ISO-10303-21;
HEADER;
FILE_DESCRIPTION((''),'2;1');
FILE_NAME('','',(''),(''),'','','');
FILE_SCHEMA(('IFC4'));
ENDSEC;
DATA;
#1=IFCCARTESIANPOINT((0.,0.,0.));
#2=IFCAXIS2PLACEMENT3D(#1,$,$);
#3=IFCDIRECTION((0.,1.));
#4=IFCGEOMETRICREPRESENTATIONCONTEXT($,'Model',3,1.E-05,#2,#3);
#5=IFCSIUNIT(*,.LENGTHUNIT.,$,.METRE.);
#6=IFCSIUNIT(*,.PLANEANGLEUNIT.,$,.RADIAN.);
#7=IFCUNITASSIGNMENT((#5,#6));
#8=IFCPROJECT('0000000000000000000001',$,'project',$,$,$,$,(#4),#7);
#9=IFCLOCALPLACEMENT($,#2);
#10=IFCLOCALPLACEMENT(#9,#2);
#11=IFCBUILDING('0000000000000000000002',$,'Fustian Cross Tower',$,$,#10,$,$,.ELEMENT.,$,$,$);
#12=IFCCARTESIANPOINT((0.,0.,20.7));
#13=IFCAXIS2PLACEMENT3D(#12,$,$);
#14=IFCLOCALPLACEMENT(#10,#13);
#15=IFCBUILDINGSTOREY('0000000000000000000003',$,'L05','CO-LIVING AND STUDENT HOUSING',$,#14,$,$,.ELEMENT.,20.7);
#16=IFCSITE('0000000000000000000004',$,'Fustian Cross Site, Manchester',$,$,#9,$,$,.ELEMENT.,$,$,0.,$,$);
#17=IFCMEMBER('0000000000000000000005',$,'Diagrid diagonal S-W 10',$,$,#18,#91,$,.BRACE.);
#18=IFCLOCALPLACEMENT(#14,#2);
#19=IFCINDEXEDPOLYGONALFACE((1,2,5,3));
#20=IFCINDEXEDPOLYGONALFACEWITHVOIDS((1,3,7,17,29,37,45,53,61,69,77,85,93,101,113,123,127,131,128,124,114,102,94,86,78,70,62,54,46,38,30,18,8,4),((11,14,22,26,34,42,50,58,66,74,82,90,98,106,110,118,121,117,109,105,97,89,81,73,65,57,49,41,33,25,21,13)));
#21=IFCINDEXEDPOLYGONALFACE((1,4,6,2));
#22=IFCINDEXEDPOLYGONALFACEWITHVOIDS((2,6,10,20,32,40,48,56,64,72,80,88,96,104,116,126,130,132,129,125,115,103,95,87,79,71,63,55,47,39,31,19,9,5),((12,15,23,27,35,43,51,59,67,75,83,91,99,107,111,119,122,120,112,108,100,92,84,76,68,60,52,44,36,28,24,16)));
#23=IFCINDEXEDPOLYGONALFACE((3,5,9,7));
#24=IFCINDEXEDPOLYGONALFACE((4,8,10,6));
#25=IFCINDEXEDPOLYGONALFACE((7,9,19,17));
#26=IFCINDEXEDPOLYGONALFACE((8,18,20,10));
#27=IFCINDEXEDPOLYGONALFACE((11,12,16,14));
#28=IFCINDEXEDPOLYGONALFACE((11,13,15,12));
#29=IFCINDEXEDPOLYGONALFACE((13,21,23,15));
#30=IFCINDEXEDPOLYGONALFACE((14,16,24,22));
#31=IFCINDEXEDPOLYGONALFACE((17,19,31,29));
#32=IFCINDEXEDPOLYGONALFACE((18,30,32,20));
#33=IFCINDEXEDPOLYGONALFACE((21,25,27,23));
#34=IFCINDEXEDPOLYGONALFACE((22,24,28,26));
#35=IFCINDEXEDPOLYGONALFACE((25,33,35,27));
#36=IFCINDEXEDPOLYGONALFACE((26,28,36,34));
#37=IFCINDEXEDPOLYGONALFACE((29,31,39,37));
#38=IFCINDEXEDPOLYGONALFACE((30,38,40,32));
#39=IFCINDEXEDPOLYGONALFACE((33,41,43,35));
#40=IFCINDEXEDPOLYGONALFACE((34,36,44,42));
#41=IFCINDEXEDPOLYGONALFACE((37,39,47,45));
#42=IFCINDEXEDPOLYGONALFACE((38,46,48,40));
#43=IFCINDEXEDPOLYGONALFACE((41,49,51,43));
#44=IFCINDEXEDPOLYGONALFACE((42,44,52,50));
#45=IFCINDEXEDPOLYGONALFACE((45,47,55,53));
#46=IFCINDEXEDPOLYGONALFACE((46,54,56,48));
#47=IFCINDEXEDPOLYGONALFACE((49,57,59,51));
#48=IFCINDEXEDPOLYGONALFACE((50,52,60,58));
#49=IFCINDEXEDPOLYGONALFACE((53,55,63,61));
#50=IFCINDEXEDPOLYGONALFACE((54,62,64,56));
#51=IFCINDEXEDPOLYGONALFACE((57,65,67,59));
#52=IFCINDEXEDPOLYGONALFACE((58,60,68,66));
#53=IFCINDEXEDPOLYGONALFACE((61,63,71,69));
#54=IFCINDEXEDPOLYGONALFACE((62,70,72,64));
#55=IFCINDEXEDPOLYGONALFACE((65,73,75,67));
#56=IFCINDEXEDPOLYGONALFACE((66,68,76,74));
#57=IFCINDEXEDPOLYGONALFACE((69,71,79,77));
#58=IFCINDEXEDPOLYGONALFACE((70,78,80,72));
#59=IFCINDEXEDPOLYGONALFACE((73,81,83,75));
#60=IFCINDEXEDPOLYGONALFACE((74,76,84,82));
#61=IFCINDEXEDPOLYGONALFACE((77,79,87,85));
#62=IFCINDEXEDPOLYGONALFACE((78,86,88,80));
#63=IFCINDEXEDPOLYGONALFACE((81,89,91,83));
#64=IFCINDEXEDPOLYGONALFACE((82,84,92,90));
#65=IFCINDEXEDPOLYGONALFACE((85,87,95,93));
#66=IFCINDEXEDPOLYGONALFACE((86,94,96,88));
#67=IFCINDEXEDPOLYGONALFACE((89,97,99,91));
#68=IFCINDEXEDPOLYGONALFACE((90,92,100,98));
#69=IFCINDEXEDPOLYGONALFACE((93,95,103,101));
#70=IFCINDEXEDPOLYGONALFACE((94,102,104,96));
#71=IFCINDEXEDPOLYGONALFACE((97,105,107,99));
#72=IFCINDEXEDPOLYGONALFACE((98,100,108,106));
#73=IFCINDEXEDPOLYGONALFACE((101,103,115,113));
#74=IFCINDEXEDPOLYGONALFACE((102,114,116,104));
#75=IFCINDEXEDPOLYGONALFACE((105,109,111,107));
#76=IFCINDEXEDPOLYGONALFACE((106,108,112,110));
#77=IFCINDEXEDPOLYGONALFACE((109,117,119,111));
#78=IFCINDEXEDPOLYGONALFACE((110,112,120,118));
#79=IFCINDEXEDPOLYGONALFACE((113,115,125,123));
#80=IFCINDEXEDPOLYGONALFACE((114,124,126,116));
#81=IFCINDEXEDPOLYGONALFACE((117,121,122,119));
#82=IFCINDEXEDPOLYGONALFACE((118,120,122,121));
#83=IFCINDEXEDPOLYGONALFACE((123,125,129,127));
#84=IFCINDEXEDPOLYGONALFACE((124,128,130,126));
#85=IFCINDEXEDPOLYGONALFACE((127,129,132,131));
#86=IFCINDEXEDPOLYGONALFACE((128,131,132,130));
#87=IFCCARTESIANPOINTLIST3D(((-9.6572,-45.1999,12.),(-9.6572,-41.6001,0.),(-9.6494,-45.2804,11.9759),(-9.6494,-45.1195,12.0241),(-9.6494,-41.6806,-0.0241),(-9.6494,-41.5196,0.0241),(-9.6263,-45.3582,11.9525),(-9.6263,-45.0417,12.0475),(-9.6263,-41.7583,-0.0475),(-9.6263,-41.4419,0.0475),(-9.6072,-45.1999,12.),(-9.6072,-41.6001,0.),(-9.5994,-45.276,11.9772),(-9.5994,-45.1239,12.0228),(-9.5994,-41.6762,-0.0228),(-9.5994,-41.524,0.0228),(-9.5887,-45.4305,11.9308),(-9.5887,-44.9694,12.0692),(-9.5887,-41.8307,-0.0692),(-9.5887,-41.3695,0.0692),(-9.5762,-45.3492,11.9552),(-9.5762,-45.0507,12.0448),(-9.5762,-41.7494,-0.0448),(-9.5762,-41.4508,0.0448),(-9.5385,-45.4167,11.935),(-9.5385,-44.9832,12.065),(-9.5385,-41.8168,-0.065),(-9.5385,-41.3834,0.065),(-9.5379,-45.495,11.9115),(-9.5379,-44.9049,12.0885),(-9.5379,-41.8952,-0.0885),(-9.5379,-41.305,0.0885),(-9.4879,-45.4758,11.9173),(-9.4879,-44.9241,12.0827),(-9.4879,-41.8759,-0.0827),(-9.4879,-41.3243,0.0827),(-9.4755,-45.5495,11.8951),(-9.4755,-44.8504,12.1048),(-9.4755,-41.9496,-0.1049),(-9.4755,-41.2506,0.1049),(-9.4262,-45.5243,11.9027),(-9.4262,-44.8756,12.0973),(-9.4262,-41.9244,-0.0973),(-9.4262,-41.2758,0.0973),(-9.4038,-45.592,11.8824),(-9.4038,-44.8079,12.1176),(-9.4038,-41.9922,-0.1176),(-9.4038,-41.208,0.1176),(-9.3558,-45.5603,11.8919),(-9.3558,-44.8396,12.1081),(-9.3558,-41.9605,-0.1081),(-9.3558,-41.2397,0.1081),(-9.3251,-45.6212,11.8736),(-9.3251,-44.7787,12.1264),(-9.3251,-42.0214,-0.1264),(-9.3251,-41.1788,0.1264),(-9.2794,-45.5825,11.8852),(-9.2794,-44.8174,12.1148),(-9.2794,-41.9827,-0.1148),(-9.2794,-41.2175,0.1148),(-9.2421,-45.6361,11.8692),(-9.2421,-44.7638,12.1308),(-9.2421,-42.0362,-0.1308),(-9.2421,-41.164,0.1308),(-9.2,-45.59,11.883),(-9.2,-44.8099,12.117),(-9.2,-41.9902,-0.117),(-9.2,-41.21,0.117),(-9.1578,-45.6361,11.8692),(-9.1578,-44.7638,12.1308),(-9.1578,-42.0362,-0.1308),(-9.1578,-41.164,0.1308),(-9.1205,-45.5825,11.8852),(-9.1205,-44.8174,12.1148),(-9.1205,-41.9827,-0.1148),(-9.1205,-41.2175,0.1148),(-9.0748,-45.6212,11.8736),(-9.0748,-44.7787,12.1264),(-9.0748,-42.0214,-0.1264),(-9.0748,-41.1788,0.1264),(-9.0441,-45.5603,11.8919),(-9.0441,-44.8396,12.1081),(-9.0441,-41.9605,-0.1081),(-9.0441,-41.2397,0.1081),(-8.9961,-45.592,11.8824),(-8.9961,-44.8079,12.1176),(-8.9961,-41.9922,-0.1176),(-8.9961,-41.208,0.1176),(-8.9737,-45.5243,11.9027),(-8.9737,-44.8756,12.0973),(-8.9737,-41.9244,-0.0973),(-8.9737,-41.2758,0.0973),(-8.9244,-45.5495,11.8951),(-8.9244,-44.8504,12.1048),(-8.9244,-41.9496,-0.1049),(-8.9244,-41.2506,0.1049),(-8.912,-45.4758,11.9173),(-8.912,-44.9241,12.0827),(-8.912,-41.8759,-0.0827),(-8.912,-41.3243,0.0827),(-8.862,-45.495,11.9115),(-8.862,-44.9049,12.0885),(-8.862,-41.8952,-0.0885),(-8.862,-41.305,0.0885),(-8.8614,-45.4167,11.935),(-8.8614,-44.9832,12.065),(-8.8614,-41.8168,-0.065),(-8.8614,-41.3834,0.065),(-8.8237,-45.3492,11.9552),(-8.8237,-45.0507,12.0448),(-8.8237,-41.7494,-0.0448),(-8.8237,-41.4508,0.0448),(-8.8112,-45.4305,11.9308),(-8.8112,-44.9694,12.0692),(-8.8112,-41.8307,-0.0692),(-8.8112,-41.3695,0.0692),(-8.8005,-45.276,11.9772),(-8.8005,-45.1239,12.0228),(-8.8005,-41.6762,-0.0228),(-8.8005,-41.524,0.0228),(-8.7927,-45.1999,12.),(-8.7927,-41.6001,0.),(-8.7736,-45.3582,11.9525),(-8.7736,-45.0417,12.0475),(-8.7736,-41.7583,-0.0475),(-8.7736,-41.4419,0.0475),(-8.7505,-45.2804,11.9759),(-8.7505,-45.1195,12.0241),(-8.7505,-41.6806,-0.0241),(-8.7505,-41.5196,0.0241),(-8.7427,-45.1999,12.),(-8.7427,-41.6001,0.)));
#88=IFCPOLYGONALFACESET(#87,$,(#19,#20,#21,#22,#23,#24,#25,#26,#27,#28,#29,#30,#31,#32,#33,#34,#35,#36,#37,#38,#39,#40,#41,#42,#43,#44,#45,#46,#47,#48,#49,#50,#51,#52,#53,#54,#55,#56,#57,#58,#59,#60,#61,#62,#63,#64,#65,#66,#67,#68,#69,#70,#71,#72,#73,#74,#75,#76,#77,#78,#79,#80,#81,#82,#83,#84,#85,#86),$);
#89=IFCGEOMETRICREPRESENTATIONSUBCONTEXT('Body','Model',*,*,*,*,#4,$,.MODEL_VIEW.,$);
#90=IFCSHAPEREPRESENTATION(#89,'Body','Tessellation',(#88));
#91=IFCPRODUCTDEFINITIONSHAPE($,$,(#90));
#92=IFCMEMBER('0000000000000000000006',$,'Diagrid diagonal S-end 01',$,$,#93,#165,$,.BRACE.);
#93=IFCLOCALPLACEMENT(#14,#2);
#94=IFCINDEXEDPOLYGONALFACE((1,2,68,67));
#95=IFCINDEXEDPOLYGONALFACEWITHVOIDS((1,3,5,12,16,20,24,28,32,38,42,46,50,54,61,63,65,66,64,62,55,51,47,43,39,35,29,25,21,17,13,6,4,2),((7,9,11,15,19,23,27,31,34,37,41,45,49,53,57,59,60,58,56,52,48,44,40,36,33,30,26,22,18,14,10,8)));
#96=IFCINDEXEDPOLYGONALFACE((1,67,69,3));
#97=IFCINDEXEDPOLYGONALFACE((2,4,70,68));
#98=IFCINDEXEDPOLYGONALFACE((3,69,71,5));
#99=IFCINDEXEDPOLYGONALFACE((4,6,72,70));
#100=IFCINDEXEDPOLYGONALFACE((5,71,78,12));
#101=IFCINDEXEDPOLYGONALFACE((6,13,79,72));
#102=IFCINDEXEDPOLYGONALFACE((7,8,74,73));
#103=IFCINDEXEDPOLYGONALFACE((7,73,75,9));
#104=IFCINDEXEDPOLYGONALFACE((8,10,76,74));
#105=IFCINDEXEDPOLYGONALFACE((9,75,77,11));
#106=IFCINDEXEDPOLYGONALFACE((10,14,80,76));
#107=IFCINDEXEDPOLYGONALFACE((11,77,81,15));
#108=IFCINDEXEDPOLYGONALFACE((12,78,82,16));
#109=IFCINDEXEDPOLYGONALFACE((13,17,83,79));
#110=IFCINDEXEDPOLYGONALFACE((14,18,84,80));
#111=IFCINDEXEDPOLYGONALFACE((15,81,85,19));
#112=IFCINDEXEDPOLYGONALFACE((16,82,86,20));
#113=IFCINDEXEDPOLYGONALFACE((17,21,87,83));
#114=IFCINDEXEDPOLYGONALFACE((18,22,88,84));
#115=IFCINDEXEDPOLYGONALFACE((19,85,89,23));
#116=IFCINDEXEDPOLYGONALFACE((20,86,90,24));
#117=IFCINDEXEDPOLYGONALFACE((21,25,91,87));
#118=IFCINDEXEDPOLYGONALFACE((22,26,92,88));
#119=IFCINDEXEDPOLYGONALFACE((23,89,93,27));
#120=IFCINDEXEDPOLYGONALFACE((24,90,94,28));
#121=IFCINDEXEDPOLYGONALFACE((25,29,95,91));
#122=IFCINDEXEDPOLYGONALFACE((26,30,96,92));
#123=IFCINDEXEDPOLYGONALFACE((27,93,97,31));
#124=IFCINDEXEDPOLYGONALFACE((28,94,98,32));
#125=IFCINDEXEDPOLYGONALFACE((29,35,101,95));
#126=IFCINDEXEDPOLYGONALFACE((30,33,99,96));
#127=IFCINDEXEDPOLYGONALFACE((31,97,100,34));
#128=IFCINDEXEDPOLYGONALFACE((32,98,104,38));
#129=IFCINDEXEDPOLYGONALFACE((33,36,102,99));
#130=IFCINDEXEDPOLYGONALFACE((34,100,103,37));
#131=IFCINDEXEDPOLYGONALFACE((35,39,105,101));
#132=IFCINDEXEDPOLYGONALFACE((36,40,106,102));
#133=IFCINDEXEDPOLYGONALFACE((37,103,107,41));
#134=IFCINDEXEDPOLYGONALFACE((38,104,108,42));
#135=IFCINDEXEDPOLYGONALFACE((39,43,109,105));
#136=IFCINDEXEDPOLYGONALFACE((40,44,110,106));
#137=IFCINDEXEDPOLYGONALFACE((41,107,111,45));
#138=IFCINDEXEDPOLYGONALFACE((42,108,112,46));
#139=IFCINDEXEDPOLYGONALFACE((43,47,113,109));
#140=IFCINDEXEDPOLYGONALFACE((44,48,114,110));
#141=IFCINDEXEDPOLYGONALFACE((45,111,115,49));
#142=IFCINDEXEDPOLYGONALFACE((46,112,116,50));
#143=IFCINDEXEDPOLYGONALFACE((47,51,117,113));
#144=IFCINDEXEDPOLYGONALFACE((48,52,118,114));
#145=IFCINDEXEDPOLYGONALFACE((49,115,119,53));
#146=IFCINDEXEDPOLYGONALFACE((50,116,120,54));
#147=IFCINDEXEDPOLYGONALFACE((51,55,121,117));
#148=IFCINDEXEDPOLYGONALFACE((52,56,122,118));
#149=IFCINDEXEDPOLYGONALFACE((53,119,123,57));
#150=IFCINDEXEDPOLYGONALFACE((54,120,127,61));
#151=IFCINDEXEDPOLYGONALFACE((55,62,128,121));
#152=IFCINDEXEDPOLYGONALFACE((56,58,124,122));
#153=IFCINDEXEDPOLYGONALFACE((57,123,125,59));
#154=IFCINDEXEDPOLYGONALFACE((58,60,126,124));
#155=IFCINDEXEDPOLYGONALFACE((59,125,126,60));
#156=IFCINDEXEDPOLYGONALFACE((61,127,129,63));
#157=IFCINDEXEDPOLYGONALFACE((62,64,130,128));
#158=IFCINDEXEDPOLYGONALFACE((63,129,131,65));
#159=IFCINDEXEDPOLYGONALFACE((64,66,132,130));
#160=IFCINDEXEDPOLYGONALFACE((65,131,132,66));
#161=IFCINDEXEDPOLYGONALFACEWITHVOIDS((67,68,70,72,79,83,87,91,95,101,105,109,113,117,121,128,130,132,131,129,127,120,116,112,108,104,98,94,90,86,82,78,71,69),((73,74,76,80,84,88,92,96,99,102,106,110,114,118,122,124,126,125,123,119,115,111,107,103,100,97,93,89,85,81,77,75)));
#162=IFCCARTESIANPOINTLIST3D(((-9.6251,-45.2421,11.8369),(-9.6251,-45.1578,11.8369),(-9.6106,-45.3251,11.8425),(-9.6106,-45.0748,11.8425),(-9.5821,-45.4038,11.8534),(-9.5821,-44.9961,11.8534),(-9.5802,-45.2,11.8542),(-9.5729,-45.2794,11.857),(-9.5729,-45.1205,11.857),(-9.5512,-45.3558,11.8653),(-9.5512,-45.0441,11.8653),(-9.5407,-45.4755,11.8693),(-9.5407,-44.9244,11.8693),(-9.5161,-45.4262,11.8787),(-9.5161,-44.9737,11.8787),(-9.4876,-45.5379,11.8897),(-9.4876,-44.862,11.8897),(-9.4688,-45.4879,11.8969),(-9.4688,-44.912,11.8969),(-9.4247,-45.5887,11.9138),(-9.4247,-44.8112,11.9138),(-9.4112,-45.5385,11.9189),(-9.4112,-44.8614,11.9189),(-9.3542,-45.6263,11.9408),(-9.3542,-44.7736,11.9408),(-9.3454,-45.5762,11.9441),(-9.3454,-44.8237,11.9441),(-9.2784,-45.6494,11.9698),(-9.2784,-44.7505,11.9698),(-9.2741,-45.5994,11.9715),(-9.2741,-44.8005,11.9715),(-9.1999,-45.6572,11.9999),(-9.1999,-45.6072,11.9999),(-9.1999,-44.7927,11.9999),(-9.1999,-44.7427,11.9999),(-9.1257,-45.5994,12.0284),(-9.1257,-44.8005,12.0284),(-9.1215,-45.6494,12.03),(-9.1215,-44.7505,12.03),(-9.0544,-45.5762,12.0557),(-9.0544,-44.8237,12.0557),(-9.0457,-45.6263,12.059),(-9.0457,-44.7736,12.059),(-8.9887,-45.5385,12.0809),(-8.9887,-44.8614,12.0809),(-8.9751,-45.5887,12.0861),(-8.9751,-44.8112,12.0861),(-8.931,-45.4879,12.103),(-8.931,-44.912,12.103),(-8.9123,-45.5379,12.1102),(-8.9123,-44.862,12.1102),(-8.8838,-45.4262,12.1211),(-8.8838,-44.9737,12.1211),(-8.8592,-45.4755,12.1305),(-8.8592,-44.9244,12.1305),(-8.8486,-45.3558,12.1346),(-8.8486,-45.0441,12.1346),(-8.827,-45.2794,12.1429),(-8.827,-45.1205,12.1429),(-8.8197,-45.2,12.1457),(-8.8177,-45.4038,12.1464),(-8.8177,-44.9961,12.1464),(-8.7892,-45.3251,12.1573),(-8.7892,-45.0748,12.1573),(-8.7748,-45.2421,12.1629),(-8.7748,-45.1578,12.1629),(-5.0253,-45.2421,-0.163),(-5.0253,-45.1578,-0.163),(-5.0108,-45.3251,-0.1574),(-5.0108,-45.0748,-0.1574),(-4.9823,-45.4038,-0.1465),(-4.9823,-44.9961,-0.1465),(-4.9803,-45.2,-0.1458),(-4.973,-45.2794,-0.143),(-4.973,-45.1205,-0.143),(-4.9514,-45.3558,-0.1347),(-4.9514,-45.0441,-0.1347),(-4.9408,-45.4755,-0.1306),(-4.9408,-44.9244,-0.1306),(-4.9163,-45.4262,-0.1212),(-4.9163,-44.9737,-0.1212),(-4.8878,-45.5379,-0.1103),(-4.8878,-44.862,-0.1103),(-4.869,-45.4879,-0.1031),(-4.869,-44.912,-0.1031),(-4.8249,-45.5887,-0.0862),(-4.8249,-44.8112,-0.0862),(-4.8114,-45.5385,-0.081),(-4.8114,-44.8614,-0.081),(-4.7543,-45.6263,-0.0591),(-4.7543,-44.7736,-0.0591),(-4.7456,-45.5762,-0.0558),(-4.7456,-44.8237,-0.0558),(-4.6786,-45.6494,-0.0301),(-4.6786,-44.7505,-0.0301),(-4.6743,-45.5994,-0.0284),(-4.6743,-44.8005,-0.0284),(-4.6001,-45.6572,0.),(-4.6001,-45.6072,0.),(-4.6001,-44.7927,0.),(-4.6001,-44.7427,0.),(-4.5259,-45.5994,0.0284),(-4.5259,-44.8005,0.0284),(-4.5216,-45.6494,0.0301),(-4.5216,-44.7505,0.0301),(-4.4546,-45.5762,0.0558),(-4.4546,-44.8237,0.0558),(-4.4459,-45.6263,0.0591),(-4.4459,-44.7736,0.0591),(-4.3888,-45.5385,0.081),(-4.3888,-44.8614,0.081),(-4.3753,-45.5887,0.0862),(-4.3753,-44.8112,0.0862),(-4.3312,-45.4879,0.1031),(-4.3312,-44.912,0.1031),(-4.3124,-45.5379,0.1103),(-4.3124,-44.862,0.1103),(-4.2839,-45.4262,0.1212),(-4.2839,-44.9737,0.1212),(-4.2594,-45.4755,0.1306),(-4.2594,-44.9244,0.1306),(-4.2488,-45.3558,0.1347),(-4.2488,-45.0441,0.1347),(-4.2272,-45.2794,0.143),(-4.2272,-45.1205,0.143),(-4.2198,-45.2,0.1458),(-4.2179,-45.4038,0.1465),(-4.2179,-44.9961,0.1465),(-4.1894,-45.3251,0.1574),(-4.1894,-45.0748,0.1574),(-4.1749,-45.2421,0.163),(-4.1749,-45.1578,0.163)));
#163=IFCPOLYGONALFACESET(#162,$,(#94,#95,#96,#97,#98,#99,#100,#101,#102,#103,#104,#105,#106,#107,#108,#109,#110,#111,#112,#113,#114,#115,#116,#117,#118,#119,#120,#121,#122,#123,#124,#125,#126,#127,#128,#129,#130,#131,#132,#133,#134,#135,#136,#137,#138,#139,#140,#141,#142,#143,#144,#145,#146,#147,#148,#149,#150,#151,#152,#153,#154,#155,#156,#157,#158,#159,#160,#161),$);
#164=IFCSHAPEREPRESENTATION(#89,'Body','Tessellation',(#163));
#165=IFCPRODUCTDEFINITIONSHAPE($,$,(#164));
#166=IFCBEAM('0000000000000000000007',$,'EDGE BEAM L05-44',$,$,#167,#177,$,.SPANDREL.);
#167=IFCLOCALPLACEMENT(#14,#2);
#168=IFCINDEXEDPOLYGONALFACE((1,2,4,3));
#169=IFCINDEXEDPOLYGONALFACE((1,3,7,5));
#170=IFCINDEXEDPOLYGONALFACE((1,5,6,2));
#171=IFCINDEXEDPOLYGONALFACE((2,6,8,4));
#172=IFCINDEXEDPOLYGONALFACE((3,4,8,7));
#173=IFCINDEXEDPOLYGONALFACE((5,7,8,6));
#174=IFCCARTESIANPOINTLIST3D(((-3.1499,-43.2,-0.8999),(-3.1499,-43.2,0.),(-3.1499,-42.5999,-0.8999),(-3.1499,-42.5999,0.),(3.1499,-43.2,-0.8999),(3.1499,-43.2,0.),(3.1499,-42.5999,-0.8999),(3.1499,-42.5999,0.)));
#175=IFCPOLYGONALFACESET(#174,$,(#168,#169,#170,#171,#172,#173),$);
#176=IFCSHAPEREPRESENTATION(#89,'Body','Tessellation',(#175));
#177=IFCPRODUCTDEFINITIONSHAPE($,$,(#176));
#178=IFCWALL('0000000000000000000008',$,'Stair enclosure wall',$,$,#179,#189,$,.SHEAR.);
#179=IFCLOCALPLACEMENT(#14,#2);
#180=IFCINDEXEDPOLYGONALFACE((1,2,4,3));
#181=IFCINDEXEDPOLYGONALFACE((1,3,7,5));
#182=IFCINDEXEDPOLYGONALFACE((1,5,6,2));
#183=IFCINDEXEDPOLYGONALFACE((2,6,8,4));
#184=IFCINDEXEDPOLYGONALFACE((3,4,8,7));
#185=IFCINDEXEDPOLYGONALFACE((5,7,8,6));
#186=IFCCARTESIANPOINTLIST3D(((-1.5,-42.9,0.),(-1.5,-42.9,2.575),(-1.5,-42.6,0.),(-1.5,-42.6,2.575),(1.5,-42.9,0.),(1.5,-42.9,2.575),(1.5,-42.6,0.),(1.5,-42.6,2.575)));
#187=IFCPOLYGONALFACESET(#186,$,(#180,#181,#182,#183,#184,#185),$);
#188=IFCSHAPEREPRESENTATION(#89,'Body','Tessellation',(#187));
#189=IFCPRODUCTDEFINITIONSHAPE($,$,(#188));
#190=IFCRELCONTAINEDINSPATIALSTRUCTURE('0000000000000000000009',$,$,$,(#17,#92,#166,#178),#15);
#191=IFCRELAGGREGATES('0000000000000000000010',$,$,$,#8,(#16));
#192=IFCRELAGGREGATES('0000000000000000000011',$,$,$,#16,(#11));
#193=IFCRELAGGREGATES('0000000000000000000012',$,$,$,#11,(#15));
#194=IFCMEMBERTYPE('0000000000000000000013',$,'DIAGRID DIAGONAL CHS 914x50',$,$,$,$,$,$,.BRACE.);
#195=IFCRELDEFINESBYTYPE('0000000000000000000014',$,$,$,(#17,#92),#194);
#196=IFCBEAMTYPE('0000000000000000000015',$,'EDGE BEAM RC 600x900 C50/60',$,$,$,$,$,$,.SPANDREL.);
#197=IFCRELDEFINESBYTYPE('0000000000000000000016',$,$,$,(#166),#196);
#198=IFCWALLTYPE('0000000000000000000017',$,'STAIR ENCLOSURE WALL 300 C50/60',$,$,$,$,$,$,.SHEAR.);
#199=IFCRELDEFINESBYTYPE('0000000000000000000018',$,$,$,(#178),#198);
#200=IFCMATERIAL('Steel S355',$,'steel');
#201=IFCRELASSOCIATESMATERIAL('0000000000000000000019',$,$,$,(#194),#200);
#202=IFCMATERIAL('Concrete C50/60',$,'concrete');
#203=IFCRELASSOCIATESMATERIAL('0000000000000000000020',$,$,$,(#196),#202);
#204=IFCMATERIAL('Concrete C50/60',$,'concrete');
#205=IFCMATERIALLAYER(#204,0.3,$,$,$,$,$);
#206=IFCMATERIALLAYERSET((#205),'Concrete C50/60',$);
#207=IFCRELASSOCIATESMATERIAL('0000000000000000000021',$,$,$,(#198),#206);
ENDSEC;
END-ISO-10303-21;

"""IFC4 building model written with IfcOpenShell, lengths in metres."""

from ifc_helpers import new_model, si_unit, direction, frame, frame_2d, origin, origin_2d, place, context, subcontext, project, spatial, rectangle, hollow_circle, extrude, material, layer, layer_set, material_profile, profile_set, type_object, element, save


model = new_model("IFC4")

# Units and contexts
model_context = context("Model", 3, precision=1e-05, world=origin(), true_north=direction((0.0, 1.0)))
body_context = subcontext(model_context, "Body", "Model", "MODEL_VIEW")
ifc_project = project(units=[si_unit("LENGTHUNIT", "METRE"), si_unit("PLANEANGLEUNIT", "RADIAN")], contexts=[model_context])

# Site, building, storey
site_placement = place(None, origin())
site = spatial("IfcSite", under=ifc_project, at=site_placement, Name="Fustian Cross Site, Manchester", CompositionType="ELEMENT", RefElevation=0.0)
building_placement = place(site_placement, origin())
building = spatial("IfcBuilding", under=site, at=building_placement, Name="Fustian Cross Tower", CompositionType="ELEMENT")
storey_placement = place(building_placement, frame((0.0, 0.0, 20.7)))
storey = spatial("IfcBuildingStorey", under=building, at=storey_placement, Name="L05", Description="CO-LIVING AND STUDENT HOUSING", CompositionType="ELEMENT", Elevation=20.7)

# Members
ifc_material_1 = material(Name="Steel S355", Category="steel")
ifc_material_profile_1 = material_profile(ifc_material_1, hollow_circle(Radius=0.4573, WallThickness=0.05, at=origin_2d()), Name="CHS 914x50")
ifc_profile_set_1 = profile_set([ifc_material_profile_1], Name="Steel S355")
member_type_1 = type_object("IfcMemberType", Name="DIAGRID DIAGONAL CHS 914x50", PredefinedType="BRACE", material=ifc_profile_set_1)
member_1_placement = place(storey_placement, frame((-9.2, -41.6001, 0.0), z_axis=(0.0, -0.287337, 0.95783), x_axis=(1.0, 0.0, 0.0)))
element("IfcMember", 1, at=member_1_placement, inside=storey, type_object=member_type_1, Name="Diagrid diagonal S-W 10", PredefinedType="BRACE", context=body_context, shape_type="SweptSolid", body=[
    extrude(hollow_circle(Radius=0.4573, WallThickness=0.05, at=origin_2d()), origin(), (0.0, 0.0, 1.0), 12.5283),
])
member_2_placement = place(storey_placement, frame((-4.6001, -45.2, 0.0), z_axis=(-0.357926, 0.0, 0.93375), x_axis=(0.0, -1.0, 0.0)))
element("IfcMember", 2, at=member_2_placement, inside=storey, type_object=member_type_1, Name="Diagrid diagonal S-end 01", PredefinedType="BRACE", context=body_context, shape_type="SweptSolid", body=[
    extrude(hollow_circle(Radius=0.4573, WallThickness=0.05, at=origin_2d()), origin(), (0.0, 0.0, 1.0), 12.8513),
])

# Beam
ifc_material_2 = material(Name="Concrete C50/60", Category="concrete")
ifc_material_profile_2 = material_profile(ifc_material_2, rectangle(XDim=0.6001, YDim=0.8999, at=origin_2d()), Name="RC 600x900")
ifc_profile_set_2 = profile_set([ifc_material_profile_2], Name="Concrete C50/60")
beam_type = type_object("IfcBeamType", Name="EDGE BEAM RC 600x900 C50/60", PredefinedType="SPANDREL", material=ifc_profile_set_2)
beam_placement = place(storey_placement, frame((-3.1499, -42.8999, -0.45), z_axis=(1.0, 0.0, 0.0), x_axis=(0.0, 1.0, 0.0)))
element("IfcBeam", 3, at=beam_placement, inside=storey, type_object=beam_type, Name="EDGE BEAM L05-44", PredefinedType="SPANDREL", context=body_context, shape_type="SweptSolid", body=[
    extrude(rectangle(XDim=0.6001, YDim=0.8999, at=origin_2d()), origin(), (0.0, 0.0, 1.0), 6.2998),
])

# Wall
ifc_material_3 = material(Name="Concrete C50/60", Category="concrete")
ifc_layer_1 = layer(ifc_material_3, 0.3)
ifc_layer_set_1 = layer_set([ifc_layer_1], Name="Concrete C50/60")
wall_type_1 = type_object("IfcWallType", Name="STAIR ENCLOSURE WALL 300 C50/60", PredefinedType="SHEAR", material=ifc_layer_set_1)
wall_1_placement = place(storey_placement, frame((-1.5, -42.75, 0.0), z_axis=(0.0, 0.0, 1.0), x_axis=(1.0, 0.0, 0.0)))
element("IfcWall", 4, at=wall_1_placement, inside=storey, type_object=wall_type_1, Name="Stair enclosure wall", PredefinedType="SHEAR", context=body_context, shape_type="SweptSolid", body=[
    extrude(rectangle(XDim=3.0, YDim=0.3, at=frame_2d((1.5, 0.0))), origin(), (0.0, 0.0, 1.0), 2.575),
])

save(model, "model.ifc")
